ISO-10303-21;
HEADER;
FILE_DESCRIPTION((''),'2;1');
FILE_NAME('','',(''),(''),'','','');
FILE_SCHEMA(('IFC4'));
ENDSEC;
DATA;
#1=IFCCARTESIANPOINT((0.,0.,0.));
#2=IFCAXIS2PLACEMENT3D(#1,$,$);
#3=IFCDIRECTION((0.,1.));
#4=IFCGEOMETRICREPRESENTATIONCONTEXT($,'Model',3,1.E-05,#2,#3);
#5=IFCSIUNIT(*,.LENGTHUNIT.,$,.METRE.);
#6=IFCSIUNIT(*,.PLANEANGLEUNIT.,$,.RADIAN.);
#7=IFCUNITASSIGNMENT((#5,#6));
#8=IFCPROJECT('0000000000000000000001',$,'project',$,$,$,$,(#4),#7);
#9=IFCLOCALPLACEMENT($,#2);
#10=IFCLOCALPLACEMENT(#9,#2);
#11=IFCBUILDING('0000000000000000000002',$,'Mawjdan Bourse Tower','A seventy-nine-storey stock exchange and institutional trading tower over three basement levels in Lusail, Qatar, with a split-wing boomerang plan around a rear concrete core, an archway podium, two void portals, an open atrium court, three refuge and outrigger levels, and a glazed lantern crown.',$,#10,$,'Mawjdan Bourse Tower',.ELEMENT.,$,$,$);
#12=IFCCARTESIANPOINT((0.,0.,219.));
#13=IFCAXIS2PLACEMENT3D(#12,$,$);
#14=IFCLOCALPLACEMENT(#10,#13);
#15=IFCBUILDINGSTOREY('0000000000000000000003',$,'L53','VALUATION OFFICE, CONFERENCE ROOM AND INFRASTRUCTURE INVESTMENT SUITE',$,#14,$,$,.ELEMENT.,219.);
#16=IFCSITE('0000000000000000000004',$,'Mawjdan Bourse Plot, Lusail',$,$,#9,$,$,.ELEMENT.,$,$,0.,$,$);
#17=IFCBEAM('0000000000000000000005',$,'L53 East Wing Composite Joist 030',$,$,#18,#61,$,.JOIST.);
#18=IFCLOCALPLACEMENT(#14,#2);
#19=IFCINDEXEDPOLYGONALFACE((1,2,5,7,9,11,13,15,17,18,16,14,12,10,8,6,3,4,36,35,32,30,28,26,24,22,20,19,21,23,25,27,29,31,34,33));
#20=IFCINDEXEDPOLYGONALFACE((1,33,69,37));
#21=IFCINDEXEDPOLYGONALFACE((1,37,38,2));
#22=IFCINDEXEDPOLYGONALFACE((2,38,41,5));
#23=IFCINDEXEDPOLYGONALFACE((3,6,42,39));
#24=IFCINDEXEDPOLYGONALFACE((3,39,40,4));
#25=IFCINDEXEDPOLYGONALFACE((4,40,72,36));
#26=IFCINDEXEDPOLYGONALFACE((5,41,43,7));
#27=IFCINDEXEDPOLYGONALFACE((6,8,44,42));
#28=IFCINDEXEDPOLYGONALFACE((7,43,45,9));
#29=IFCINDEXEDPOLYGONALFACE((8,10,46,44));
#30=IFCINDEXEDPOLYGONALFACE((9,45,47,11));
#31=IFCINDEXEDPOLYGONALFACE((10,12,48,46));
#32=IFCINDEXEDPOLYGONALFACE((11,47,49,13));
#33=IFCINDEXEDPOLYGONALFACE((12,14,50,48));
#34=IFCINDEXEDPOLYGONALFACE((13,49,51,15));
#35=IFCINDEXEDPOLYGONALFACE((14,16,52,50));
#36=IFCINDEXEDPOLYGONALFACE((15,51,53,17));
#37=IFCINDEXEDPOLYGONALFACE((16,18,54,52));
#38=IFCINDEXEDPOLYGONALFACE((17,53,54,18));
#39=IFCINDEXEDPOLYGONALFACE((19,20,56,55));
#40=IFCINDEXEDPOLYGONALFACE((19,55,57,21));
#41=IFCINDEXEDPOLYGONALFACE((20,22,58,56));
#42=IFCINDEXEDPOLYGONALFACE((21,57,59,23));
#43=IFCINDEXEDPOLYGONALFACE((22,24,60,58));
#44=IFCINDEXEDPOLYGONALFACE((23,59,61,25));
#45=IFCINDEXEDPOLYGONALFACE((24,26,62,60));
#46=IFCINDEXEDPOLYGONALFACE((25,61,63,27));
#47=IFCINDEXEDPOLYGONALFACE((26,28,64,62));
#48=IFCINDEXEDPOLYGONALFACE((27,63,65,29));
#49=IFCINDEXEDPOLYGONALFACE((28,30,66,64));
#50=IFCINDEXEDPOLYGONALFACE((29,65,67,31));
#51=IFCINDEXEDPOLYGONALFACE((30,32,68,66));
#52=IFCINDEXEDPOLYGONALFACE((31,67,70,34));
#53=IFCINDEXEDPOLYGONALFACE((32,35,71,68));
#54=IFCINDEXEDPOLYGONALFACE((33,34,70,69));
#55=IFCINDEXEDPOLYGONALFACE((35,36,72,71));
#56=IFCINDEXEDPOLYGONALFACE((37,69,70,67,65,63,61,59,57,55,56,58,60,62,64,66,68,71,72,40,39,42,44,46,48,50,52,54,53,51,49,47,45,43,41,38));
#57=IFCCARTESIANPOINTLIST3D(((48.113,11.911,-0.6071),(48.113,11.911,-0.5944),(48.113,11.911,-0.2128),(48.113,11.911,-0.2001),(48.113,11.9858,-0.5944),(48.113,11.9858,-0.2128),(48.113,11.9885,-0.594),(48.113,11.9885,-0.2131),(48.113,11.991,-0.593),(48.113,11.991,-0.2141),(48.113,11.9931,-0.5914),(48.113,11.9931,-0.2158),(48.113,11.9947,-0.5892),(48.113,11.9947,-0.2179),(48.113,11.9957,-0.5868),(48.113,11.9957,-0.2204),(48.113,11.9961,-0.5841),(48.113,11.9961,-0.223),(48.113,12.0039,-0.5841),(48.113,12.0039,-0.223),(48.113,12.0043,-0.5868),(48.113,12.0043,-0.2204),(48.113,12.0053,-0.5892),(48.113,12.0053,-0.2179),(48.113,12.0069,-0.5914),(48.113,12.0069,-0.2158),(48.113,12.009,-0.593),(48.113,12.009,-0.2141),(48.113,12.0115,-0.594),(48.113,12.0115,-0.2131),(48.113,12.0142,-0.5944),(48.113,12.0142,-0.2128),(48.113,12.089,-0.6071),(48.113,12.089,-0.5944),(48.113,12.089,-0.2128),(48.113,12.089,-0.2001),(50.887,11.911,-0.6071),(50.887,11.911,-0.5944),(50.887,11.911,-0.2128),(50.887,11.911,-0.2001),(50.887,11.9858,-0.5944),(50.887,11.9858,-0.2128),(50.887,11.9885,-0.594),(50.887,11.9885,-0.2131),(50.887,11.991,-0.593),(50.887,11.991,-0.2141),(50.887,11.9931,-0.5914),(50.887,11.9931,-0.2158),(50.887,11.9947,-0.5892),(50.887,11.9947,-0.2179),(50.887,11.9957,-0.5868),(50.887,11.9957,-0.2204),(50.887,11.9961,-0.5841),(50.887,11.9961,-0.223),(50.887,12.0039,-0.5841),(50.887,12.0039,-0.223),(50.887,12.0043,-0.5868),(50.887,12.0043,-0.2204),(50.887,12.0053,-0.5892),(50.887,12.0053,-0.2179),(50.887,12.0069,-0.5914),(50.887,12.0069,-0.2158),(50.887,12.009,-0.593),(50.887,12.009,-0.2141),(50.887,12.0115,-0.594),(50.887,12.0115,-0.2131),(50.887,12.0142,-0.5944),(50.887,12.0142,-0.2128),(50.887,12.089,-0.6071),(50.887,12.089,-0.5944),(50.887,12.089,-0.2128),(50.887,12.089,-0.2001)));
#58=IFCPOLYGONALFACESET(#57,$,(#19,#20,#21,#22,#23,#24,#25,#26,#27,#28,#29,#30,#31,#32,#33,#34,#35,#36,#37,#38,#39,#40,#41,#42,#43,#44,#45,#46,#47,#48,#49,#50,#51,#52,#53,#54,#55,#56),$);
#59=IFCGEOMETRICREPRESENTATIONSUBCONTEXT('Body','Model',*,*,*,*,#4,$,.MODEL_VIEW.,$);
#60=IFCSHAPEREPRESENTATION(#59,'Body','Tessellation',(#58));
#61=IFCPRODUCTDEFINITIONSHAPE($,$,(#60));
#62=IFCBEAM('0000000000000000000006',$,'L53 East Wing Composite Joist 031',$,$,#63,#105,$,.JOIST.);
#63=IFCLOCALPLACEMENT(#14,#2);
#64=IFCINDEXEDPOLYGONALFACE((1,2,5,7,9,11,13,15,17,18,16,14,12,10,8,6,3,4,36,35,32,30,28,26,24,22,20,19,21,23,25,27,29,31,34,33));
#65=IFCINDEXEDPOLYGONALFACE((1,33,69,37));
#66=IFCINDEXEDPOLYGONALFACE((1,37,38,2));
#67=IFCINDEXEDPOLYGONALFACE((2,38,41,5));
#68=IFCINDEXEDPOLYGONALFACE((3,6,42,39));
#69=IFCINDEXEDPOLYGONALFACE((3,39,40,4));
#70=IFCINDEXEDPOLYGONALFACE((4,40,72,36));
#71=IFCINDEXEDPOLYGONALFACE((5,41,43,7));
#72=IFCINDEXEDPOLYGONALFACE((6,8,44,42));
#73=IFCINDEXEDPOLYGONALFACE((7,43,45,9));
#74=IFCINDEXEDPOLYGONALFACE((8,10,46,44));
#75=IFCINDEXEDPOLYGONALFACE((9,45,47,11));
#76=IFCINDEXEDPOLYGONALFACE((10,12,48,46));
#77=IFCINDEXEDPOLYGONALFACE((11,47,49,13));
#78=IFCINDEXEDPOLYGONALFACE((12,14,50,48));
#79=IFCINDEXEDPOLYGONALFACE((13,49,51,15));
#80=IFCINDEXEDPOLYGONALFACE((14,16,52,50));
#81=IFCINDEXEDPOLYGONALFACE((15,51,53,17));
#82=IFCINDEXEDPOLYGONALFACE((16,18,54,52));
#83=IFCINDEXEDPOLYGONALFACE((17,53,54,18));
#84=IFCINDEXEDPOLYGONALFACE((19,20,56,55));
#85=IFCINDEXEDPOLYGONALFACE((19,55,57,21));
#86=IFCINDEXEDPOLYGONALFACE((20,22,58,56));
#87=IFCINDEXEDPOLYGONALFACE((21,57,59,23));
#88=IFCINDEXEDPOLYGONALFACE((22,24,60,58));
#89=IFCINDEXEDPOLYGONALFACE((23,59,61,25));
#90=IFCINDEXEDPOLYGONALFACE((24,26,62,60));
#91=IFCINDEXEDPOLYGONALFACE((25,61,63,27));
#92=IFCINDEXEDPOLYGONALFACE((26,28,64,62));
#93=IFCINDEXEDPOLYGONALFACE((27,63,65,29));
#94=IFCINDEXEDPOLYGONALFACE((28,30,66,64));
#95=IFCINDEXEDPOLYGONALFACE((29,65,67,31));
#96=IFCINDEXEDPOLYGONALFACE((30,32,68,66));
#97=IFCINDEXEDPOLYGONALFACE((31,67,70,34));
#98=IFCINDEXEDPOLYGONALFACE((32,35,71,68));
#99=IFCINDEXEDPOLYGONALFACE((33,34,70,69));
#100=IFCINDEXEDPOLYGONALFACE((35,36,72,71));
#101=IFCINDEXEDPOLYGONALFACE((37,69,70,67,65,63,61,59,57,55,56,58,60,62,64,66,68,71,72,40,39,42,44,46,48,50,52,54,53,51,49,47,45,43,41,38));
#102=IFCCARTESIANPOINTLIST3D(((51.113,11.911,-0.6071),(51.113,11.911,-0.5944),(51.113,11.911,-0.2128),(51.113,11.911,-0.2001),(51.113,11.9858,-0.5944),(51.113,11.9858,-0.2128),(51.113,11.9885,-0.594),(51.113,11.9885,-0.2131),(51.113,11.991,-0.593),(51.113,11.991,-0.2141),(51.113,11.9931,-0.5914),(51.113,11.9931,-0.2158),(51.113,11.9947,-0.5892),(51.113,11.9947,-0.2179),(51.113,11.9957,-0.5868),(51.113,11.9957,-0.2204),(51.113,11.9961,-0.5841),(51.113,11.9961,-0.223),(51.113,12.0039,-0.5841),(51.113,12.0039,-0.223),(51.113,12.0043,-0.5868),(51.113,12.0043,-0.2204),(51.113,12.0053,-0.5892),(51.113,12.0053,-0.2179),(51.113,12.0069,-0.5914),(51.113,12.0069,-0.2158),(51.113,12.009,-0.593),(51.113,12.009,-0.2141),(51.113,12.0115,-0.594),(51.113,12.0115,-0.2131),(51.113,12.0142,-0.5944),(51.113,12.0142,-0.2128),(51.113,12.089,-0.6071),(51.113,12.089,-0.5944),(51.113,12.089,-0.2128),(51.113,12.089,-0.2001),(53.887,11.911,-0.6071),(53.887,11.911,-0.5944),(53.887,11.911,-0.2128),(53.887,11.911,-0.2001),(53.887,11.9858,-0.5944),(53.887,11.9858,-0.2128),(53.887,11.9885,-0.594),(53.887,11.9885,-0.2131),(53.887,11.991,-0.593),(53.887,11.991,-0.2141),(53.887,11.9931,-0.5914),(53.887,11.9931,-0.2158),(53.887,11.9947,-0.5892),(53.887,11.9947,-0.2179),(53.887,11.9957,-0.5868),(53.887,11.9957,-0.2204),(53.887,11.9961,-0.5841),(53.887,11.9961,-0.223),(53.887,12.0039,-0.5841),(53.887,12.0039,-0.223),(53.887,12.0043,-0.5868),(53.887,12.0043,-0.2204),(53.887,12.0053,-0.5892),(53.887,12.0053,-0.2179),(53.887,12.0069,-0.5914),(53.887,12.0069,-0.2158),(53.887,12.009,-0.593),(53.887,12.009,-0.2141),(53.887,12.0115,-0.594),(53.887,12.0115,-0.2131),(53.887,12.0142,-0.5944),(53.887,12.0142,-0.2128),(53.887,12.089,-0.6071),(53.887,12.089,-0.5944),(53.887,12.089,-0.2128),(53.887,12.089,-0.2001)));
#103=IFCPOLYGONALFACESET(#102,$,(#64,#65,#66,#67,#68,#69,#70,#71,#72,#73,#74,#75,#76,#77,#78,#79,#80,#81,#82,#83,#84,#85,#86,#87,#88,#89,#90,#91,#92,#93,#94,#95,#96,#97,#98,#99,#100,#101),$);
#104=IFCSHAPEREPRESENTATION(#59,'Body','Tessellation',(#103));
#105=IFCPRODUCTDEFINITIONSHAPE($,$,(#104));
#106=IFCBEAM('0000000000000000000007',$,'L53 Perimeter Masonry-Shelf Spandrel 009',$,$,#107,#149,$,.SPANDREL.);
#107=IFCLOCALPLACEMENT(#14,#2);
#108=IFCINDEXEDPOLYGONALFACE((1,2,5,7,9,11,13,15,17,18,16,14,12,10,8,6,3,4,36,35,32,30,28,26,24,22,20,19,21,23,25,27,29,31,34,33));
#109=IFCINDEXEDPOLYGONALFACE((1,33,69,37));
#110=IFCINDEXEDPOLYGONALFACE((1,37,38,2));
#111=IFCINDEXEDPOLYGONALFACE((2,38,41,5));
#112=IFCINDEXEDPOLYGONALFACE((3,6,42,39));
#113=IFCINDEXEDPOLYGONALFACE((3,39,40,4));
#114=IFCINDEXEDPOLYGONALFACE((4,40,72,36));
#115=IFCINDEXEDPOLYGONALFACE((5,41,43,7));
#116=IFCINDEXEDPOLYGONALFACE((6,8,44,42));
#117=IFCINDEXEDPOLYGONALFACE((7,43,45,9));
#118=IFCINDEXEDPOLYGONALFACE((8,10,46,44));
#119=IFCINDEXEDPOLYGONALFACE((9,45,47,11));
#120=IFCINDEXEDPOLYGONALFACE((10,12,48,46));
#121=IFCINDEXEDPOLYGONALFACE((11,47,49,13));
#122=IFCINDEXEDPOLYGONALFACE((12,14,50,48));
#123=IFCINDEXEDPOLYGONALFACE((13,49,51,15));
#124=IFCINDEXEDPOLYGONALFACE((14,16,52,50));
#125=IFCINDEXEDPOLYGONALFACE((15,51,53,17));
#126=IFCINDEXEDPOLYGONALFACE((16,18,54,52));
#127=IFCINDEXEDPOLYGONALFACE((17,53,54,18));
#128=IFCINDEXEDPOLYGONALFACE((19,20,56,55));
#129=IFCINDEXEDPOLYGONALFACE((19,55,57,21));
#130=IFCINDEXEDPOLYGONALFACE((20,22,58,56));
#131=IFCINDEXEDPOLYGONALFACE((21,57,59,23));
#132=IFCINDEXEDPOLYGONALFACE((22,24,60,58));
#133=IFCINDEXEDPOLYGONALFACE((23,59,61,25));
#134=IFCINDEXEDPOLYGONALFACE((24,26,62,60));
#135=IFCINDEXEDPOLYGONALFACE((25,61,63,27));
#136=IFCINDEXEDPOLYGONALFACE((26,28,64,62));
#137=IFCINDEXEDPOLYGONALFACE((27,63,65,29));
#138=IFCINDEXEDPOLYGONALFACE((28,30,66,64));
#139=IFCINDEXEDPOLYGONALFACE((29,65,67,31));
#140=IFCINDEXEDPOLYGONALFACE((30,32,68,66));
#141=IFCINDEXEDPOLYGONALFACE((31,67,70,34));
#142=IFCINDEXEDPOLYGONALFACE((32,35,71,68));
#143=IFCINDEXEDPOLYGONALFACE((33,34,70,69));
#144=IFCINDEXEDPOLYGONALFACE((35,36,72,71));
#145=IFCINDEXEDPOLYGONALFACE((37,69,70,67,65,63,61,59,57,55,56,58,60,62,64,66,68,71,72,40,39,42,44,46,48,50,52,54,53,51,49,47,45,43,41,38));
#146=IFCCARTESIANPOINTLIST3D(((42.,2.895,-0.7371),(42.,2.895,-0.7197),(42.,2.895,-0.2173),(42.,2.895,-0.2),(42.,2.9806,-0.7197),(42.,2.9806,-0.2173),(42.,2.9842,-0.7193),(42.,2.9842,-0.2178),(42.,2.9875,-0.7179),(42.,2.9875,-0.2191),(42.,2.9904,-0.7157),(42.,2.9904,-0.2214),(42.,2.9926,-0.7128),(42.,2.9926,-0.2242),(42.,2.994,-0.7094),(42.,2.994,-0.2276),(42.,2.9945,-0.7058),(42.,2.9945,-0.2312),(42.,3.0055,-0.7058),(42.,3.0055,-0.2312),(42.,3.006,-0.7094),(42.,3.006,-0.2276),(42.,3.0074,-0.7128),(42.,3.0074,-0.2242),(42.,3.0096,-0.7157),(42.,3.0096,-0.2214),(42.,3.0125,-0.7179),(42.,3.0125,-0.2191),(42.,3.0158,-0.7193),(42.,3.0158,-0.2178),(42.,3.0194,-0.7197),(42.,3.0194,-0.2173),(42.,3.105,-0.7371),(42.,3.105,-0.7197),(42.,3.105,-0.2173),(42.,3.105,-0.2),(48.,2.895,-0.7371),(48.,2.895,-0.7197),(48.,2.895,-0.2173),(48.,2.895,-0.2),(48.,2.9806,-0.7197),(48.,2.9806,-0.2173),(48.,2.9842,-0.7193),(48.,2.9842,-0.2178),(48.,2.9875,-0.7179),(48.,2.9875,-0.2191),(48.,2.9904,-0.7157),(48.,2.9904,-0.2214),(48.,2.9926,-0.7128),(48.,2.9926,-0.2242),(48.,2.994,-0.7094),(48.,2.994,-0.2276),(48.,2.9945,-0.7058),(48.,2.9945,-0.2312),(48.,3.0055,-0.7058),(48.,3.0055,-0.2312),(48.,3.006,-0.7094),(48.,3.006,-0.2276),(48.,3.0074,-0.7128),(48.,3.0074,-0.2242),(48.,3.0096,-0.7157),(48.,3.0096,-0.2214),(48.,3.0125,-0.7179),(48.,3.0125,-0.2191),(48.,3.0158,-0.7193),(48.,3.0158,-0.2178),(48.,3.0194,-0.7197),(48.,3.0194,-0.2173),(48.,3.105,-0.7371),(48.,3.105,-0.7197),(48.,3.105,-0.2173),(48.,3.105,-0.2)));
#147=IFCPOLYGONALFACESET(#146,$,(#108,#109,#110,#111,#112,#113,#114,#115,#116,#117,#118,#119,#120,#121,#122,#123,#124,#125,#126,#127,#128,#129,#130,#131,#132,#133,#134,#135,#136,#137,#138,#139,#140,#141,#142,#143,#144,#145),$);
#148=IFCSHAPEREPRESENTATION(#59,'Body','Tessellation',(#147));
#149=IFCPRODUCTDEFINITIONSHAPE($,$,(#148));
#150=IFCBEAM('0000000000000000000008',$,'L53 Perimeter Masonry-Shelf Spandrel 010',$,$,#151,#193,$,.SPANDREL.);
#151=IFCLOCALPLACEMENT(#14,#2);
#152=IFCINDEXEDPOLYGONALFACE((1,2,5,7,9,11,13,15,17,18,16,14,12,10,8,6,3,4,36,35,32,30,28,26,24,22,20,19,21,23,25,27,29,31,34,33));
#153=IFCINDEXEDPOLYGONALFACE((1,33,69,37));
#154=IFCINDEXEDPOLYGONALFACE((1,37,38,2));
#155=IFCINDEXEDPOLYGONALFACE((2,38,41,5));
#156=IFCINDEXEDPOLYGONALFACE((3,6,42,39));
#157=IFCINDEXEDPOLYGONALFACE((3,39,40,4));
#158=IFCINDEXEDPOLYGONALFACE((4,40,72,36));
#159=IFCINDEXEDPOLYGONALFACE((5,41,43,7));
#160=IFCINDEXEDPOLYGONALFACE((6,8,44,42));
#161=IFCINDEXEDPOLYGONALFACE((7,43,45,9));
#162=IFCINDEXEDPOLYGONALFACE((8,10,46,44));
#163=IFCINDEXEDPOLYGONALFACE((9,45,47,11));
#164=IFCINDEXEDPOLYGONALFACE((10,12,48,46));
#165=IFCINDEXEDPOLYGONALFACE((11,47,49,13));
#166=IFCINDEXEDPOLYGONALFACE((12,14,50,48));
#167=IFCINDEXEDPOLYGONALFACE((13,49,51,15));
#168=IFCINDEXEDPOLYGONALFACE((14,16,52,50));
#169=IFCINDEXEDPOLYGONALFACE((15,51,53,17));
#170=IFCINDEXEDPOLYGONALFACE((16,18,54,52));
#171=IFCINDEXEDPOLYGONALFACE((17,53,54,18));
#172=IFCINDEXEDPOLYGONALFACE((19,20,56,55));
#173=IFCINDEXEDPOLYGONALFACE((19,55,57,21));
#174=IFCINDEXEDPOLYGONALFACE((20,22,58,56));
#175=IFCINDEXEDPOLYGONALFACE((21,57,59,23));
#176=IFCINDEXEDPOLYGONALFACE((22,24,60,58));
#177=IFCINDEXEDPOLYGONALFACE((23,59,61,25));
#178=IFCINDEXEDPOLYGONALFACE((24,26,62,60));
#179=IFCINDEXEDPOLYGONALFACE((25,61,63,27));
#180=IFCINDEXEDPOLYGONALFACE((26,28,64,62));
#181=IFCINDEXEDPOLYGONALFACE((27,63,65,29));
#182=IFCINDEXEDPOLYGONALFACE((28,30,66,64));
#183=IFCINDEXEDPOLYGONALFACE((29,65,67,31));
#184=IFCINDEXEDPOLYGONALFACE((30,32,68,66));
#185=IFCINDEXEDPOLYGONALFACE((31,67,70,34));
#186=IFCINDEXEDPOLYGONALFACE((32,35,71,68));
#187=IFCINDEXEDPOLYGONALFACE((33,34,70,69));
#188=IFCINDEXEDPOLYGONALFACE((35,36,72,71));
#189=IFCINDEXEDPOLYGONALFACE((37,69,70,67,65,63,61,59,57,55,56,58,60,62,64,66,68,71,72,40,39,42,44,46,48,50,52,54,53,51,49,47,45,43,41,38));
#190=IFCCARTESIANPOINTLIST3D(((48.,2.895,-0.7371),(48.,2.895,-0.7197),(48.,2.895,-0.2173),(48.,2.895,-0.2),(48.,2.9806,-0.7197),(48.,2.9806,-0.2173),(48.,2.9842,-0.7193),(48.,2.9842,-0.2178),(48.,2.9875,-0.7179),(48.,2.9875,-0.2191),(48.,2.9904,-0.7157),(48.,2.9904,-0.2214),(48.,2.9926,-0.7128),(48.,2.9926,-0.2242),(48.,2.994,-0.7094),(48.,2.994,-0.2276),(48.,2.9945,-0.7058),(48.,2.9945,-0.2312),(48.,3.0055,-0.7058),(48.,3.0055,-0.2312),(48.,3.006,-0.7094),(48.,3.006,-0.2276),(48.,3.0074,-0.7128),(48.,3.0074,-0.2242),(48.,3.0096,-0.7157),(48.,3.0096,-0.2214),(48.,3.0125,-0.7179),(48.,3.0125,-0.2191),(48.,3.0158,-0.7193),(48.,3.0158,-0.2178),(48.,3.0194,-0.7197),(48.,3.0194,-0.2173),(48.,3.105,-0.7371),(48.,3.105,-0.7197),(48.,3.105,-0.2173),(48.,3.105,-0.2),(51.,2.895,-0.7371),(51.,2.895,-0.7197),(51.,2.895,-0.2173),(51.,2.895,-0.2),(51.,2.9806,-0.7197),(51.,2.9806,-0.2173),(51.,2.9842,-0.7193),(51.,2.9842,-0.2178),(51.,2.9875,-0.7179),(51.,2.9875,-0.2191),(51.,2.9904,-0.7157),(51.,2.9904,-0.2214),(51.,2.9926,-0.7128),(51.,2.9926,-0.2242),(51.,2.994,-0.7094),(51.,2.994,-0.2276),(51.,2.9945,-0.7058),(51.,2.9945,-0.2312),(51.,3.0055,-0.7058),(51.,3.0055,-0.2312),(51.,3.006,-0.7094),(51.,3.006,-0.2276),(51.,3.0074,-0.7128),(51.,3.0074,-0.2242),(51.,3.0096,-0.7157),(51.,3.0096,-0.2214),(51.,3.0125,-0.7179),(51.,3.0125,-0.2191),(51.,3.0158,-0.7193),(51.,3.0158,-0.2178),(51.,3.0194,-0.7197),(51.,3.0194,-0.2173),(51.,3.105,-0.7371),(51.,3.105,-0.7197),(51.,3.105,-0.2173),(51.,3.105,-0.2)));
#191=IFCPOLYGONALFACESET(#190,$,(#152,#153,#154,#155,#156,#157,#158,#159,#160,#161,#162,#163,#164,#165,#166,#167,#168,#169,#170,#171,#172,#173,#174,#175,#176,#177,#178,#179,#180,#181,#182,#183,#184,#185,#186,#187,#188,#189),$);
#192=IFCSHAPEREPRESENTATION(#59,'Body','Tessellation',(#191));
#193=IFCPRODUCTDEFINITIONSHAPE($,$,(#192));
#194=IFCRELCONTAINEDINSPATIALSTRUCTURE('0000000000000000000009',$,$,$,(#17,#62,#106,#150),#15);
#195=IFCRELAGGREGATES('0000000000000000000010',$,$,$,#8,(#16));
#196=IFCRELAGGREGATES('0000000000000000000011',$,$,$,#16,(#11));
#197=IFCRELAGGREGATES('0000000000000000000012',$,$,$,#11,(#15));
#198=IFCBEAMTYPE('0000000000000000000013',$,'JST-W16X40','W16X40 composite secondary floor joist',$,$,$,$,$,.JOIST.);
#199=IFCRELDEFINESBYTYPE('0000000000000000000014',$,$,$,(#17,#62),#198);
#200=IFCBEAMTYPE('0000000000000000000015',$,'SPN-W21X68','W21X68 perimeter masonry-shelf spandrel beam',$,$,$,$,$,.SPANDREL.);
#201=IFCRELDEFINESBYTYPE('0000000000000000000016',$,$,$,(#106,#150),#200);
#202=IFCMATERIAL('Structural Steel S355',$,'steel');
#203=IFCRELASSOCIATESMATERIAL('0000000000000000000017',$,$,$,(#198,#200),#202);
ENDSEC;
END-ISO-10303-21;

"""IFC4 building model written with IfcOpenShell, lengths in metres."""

from ifc_helpers import new_model, si_unit, direction, frame, origin, origin_2d, place, context, subcontext, project, spatial, i_section, extrude, material, material_profile, profile_set, type_object, element, save


model = new_model("IFC4")

# Units and contexts
model_context = context("Model", 3, precision=1e-05, world=origin(), true_north=direction((0.0, 1.0)))
body_context = subcontext(model_context, "Body", "Model", "MODEL_VIEW")
ifc_project = project(units=[si_unit("LENGTHUNIT", "METRE"), si_unit("PLANEANGLEUNIT", "RADIAN")], contexts=[model_context])

# Site, building, storey
site_placement = place(None, origin())
site = spatial("IfcSite", under=ifc_project, at=site_placement, Name="Mawjdan Bourse Plot, Lusail", CompositionType="ELEMENT", RefElevation=0.0)
building_placement = place(site_placement, origin())
building = spatial("IfcBuilding", under=site, at=building_placement, Name="Mawjdan Bourse Tower", Description="A seventy-nine-storey stock exchange and institutional trading tower over three basement levels in Lusail, Qatar, with a split-wing boomerang plan around a rear concrete core, an archway podium, two void portals, an open atrium court, three refuge and outrigger levels, and a glazed lantern crown.", LongName="Mawjdan Bourse Tower", CompositionType="ELEMENT")
storey_placement = place(building_placement, frame((0.0, 0.0, 219.0)))
storey = spatial("IfcBuildingStorey", under=building, at=storey_placement, Name="L53", Description="VALUATION OFFICE, CONFERENCE ROOM AND INFRASTRUCTURE INVESTMENT SUITE", CompositionType="ELEMENT", Elevation=219.0)

# Beams
ifc_material_1 = material(Name="Structural Steel S355", Category="steel")
ifc_material_profile_1 = material_profile(ifc_material_1, i_section(OverallWidth=0.178, OverallDepth=0.407, WebThickness=0.0078, FlangeThickness=0.0127, FilletRadius=0.0103, at=origin_2d()), Name="W16X40")
ifc_profile_set_1 = profile_set([ifc_material_profile_1], Name="Structural Steel S355")
beam_type_1 = type_object("IfcBeamType", Name="JST-W16X40", Description="W16X40 composite secondary floor joist", PredefinedType="JOIST", material=ifc_profile_set_1)
for number, where, z_axis, x_axis, name in (
    (1, (48.113, 12.0, -0.4036), (1.0, 0.0, 0.0), (0.0, 1.0, 0.0), "L53 East Wing Composite Joist 030"),
    (2, (51.113, 12.0, -0.4036), (1.0, 0.0, 0.0), (0.0, 1.0, 0.0), "L53 East Wing Composite Joist 031"),
):
    element("IfcBeam", number, at=place(storey_placement, frame(where, z_axis=z_axis, x_axis=x_axis)), inside=storey, type_object=beam_type_1, Name=name, PredefinedType="JOIST", context=body_context, shape_type="SweptSolid", body=[
        extrude(i_section(OverallWidth=0.178, OverallDepth=0.407, WebThickness=0.0078, FlangeThickness=0.0127, FilletRadius=0.0103, at=origin_2d()), origin(), (0.0, 0.0, 1.0), 2.7739),
    ])
ifc_material_profile_2 = material_profile(ifc_material_1, i_section(OverallWidth=0.21, OverallDepth=0.5371, WebThickness=0.011, FlangeThickness=0.0173, FilletRadius=0.0139, at=origin_2d()), Name="W21X68")
ifc_profile_set_2 = profile_set([ifc_material_profile_2], Name="Structural Steel S355")
beam_type_2 = type_object("IfcBeamType", Name="SPN-W21X68", Description="W21X68 perimeter masonry-shelf spandrel beam", PredefinedType="SPANDREL", material=ifc_profile_set_2)
beam_1_placement = place(storey_placement, frame((42.0, 3.0, -0.4685), z_axis=(1.0, 0.0, 0.0), x_axis=(0.0, 1.0, 0.0)))
element("IfcBeam", 3, at=beam_1_placement, inside=storey, type_object=beam_type_2, Name="L53 Perimeter Masonry-Shelf Spandrel 009", PredefinedType="SPANDREL", context=body_context, shape_type="SweptSolid", body=[
    extrude(i_section(OverallWidth=0.21, OverallDepth=0.5371, WebThickness=0.011, FlangeThickness=0.0173, FilletRadius=0.0139, at=origin_2d()), origin(), (0.0, 0.0, 1.0), 6.0),
])
for number, where, z_axis, x_axis, name in (
    (4, (48.0, 3.0, -0.4685), (1.0, 0.0, 0.0), (0.0, 1.0, 0.0), "L53 Perimeter Masonry-Shelf Spandrel 010"),
):
    element("IfcBeam", number, at=place(storey_placement, frame(where, z_axis=z_axis, x_axis=x_axis)), inside=storey, type_object=beam_type_2, Name=name, PredefinedType="SPANDREL", context=body_context, shape_type="SweptSolid", body=[
        extrude(i_section(OverallWidth=0.21, OverallDepth=0.5371, WebThickness=0.011, FlangeThickness=0.0173, FilletRadius=0.0139, at=origin_2d()), origin(), (0.0, 0.0, 1.0), 3.0),
    ])

save(model, "model.ifc")
